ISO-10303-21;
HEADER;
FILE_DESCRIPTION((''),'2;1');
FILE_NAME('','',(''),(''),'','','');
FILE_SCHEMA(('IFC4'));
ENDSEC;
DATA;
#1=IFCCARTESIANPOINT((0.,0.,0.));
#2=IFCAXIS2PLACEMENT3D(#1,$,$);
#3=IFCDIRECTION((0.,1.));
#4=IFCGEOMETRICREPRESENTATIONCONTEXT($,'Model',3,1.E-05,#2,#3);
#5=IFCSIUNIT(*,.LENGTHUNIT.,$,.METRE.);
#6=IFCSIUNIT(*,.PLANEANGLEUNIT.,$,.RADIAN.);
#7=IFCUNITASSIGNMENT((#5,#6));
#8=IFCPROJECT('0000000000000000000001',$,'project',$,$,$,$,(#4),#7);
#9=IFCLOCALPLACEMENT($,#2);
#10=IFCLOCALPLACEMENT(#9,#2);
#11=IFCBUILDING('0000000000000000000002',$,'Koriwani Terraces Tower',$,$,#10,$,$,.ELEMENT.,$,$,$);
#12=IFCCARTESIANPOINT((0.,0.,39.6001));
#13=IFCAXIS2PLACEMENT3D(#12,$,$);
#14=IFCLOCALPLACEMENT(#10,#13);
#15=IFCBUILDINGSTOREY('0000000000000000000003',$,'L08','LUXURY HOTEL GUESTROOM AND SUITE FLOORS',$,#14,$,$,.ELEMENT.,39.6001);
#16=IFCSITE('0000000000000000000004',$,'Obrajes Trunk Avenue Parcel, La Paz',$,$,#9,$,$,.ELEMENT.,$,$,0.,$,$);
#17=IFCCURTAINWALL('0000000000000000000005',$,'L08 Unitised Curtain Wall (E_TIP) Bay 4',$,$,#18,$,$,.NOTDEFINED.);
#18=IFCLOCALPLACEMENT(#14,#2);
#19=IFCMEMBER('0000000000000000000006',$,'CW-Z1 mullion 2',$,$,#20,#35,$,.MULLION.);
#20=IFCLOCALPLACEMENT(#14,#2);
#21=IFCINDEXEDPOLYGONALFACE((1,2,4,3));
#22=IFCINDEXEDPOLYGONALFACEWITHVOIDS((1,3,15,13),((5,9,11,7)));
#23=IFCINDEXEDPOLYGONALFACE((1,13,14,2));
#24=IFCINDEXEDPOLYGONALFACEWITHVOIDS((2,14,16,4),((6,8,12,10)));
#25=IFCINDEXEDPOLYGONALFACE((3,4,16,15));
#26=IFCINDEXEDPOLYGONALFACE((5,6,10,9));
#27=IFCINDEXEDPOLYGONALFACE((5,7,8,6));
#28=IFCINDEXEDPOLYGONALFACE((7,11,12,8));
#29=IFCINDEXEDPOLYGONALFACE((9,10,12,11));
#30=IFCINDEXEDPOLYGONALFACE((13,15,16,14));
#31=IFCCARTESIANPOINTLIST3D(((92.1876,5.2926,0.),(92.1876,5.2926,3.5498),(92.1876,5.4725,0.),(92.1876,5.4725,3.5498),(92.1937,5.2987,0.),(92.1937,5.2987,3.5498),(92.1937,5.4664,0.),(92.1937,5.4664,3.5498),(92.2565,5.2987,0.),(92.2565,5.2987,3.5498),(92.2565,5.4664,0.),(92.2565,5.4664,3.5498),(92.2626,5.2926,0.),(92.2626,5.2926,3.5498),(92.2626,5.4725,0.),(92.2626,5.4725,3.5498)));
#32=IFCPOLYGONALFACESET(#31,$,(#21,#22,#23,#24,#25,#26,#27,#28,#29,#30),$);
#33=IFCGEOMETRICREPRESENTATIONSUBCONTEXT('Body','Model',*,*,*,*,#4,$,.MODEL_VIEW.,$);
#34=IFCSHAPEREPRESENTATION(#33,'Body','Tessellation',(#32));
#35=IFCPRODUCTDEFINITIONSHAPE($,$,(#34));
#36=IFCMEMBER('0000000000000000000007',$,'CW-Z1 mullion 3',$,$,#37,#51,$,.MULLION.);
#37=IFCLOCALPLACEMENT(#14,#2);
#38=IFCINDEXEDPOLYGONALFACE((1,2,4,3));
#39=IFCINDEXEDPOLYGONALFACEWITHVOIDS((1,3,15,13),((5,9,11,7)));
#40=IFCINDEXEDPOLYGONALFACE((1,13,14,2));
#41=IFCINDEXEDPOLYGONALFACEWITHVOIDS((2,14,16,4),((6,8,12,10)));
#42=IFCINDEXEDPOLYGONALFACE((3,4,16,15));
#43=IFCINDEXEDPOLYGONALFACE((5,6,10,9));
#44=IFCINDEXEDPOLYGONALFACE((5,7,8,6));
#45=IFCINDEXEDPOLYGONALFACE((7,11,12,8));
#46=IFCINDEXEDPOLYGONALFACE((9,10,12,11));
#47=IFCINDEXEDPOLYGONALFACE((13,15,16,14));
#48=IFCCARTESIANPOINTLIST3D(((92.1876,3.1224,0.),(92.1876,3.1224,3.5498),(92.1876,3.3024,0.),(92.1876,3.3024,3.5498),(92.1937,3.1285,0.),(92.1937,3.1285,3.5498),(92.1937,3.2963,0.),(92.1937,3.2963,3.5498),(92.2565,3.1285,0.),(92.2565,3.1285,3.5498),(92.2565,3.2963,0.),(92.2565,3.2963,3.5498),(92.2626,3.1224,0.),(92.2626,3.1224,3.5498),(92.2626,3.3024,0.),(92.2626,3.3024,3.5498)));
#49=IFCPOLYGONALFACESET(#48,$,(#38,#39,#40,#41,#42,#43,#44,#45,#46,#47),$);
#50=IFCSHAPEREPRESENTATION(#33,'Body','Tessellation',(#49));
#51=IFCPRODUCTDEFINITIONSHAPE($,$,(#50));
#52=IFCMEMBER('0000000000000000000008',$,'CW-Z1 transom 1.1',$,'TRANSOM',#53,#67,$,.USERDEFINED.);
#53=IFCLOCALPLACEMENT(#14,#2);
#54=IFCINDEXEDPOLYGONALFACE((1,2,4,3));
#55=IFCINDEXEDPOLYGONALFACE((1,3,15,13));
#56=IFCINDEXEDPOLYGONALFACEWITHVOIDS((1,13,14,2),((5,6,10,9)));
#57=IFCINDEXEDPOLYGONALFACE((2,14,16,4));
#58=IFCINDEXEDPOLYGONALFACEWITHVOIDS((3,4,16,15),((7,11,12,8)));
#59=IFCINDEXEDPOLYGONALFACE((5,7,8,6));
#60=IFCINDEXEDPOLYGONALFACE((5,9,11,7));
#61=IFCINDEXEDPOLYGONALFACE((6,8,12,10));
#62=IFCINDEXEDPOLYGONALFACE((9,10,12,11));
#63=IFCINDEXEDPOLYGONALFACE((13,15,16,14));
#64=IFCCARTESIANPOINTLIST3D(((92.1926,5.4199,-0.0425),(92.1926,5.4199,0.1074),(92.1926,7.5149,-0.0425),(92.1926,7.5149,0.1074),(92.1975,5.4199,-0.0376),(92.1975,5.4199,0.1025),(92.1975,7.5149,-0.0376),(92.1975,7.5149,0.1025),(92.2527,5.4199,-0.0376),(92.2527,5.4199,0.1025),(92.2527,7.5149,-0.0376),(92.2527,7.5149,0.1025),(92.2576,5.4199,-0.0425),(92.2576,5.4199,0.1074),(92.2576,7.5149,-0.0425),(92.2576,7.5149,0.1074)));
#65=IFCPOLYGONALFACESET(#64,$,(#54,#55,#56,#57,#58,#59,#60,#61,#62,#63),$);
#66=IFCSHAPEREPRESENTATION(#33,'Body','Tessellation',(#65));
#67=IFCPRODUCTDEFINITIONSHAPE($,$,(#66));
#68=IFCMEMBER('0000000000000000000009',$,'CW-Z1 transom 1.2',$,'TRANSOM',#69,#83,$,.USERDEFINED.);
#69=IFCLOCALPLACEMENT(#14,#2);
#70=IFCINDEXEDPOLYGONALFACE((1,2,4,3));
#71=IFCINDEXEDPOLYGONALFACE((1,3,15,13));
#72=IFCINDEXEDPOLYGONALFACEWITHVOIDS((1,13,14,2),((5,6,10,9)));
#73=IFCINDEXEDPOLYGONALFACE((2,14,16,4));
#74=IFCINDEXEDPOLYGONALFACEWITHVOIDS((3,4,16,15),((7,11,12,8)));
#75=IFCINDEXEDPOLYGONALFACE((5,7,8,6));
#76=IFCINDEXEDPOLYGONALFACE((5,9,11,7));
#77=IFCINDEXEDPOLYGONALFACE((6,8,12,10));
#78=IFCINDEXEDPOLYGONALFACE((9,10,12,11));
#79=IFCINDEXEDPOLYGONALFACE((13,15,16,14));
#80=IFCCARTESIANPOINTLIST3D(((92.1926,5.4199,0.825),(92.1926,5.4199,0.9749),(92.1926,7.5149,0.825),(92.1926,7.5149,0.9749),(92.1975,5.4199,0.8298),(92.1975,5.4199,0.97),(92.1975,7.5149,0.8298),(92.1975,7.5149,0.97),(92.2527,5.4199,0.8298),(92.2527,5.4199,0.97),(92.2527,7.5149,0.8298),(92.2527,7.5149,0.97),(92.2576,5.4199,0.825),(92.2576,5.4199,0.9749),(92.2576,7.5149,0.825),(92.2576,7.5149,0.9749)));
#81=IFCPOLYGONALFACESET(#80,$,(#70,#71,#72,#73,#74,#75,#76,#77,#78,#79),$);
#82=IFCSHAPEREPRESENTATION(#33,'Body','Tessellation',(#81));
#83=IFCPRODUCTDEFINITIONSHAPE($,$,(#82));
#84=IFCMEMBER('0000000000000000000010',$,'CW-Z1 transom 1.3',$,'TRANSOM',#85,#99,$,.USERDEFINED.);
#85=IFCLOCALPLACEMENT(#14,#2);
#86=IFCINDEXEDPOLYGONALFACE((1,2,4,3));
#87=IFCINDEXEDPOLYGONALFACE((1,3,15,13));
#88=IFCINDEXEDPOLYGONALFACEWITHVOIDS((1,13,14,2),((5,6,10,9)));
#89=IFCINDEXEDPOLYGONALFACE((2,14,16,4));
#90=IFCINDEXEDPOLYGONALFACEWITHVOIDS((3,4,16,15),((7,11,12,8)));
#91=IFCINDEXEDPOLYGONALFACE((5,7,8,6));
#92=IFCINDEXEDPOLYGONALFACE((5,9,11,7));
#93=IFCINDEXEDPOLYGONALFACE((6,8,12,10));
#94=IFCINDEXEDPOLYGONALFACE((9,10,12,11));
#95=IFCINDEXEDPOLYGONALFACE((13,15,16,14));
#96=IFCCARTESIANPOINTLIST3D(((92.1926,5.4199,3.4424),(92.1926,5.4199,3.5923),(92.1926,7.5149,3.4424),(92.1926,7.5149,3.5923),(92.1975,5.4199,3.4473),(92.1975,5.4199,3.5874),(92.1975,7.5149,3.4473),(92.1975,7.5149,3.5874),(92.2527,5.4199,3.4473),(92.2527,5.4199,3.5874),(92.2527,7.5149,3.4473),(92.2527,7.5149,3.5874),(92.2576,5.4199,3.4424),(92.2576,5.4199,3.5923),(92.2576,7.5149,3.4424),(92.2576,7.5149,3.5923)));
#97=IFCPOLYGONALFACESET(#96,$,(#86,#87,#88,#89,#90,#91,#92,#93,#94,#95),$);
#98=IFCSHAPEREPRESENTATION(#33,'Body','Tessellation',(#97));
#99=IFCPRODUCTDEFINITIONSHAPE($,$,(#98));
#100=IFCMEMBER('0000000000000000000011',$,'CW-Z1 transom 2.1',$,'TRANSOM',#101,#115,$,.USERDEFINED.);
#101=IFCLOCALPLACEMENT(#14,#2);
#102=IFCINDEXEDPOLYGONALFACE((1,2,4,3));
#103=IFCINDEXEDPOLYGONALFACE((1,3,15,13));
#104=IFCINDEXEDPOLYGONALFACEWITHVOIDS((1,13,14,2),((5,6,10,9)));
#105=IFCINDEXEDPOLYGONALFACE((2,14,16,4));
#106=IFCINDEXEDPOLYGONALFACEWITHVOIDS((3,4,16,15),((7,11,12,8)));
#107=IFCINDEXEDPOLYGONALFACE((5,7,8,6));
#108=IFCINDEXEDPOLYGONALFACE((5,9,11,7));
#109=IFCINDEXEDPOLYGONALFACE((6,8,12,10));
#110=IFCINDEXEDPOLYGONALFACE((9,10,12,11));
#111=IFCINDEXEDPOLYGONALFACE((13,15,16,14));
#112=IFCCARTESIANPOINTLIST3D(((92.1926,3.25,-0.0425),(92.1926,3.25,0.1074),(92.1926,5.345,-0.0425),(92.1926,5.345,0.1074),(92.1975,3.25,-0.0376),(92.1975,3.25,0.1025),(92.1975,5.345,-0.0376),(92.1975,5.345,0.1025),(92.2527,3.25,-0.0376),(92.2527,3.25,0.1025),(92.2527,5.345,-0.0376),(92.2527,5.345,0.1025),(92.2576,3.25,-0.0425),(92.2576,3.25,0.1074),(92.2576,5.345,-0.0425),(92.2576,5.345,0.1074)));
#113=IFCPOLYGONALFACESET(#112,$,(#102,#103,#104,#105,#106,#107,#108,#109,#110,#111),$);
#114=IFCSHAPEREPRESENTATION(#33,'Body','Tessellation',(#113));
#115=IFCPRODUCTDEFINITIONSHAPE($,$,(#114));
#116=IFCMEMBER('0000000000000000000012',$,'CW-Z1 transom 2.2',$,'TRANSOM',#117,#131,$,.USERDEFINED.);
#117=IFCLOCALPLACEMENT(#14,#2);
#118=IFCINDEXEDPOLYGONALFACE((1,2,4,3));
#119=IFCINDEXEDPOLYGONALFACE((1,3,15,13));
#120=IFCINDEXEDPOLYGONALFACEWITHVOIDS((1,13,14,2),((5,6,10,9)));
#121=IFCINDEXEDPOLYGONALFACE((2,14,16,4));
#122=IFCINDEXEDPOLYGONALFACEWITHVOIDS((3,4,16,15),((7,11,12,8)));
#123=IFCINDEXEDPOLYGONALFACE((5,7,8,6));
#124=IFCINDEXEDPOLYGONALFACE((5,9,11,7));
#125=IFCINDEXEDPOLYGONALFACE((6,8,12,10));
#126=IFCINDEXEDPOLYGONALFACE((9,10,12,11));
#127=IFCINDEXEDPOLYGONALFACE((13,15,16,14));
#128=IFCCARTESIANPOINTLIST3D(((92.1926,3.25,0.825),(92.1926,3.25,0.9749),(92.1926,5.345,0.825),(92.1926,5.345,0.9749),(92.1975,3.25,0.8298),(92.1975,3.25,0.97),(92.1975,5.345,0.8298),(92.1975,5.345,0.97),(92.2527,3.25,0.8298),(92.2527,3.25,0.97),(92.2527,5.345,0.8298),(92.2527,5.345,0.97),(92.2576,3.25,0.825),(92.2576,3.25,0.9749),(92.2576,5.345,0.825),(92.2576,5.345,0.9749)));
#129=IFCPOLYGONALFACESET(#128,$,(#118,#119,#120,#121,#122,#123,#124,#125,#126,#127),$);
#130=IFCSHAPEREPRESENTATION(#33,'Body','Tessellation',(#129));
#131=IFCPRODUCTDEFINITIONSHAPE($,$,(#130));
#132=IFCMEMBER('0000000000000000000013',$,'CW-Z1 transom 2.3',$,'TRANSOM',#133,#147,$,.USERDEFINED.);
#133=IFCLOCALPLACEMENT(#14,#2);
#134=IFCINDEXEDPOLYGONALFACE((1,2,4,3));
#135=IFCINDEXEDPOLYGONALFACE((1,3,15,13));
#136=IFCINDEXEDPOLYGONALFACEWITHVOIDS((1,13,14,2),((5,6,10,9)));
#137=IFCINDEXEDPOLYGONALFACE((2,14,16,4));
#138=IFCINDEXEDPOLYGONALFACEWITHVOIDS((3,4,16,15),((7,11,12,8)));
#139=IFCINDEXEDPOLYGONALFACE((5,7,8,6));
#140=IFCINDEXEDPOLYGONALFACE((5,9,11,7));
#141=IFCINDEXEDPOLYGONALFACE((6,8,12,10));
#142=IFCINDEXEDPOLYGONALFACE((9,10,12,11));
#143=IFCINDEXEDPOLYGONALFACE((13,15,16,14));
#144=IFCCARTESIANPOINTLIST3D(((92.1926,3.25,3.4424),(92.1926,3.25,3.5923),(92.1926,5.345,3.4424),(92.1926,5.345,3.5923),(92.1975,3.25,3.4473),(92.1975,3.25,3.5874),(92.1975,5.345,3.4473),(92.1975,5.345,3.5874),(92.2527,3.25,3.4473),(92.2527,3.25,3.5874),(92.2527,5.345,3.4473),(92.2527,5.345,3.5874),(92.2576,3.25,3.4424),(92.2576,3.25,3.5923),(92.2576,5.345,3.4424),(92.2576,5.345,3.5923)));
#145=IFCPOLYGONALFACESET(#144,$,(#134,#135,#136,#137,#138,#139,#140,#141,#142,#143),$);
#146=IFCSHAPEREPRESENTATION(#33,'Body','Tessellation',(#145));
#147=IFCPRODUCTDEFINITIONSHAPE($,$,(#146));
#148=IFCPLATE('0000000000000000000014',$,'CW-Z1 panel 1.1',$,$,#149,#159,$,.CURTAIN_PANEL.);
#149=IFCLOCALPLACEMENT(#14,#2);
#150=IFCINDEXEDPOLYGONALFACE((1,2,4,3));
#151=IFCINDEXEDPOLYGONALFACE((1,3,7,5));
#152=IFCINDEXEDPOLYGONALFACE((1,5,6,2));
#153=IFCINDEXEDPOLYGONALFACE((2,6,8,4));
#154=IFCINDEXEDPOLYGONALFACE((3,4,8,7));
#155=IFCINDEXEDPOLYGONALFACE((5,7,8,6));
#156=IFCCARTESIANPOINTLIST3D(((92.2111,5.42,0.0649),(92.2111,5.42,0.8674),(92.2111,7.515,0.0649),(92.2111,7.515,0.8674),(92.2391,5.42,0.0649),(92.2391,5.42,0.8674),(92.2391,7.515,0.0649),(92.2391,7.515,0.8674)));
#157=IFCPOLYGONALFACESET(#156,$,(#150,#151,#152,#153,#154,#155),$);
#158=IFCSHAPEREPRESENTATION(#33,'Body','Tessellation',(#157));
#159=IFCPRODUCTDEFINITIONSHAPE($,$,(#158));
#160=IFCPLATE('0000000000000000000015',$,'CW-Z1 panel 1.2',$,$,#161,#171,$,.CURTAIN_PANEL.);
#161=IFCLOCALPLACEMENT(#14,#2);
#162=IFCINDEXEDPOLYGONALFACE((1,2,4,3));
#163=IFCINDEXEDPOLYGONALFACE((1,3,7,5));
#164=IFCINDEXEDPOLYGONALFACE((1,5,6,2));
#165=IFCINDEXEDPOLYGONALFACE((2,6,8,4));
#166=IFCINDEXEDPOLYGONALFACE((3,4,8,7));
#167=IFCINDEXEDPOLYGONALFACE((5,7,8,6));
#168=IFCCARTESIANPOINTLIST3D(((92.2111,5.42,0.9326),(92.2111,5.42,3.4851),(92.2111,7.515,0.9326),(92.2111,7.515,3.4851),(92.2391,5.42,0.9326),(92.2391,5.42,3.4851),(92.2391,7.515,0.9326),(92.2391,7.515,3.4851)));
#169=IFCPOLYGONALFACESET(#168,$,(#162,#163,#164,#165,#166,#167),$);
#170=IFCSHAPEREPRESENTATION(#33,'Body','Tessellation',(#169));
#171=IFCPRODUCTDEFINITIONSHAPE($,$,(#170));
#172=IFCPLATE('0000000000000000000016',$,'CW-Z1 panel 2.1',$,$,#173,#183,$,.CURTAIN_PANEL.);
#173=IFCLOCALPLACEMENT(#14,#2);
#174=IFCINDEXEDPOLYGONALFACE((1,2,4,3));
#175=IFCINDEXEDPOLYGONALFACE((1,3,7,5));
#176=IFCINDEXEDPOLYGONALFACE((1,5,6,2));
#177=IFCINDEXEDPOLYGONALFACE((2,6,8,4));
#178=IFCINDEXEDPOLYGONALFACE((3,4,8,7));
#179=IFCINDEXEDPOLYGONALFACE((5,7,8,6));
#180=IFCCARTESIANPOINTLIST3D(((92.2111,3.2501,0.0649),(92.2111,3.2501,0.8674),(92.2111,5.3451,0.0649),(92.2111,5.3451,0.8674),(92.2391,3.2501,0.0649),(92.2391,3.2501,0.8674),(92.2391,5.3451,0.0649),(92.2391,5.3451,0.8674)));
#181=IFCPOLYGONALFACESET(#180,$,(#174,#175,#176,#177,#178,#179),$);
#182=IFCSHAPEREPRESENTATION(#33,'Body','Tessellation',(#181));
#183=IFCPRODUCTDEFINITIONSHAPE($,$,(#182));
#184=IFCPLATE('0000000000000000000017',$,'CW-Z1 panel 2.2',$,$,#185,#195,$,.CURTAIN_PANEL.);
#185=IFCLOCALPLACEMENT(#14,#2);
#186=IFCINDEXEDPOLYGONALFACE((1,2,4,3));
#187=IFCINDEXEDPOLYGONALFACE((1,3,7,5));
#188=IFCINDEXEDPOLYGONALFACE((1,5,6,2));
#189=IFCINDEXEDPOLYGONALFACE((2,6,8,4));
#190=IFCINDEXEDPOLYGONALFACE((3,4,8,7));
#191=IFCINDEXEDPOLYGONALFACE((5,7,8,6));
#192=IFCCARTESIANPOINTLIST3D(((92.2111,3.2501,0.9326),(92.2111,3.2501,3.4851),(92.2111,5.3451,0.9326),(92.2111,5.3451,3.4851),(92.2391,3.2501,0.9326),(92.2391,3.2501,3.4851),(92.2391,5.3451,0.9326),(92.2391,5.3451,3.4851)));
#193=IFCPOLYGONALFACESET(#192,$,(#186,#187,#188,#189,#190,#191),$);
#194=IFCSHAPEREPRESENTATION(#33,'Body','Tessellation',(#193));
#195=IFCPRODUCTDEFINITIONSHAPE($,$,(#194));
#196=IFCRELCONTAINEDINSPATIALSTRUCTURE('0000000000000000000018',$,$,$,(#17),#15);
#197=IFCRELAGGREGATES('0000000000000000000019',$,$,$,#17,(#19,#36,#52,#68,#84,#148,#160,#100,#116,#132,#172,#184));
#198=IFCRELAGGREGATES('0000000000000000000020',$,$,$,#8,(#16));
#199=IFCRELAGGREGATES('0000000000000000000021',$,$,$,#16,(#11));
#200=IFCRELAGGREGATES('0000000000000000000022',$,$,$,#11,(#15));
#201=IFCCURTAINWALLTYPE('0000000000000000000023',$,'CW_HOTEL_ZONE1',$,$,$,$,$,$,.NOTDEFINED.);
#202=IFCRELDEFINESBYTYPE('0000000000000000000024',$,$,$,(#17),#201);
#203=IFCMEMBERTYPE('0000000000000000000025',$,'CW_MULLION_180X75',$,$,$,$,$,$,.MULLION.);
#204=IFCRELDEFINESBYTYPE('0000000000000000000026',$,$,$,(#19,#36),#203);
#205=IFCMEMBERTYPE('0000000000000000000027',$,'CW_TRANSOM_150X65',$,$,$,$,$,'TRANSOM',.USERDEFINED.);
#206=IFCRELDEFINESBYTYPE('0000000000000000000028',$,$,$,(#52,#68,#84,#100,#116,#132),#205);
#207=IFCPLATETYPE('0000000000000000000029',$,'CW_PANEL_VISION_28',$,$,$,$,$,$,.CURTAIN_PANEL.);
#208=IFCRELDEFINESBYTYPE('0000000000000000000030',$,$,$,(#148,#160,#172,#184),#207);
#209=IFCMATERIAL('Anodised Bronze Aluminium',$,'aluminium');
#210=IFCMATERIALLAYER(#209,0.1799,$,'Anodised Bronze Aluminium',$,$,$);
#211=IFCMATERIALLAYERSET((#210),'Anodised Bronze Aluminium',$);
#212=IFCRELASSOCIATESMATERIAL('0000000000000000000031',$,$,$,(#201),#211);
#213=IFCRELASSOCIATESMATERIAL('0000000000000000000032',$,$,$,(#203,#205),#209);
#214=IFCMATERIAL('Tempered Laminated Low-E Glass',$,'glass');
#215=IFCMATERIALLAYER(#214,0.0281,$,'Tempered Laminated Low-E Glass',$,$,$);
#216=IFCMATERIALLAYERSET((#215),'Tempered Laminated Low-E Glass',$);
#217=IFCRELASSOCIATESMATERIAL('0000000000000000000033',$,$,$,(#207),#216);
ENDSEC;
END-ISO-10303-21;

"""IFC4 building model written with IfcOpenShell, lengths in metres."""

from ifc_helpers import new_model, si_unit, direction, frame, origin, origin_2d, place, context, subcontext, project, spatial, rectangle, hollow_rectangle, extrude, material, layer, layer_set, material_profile, profile_set, type_object, element, aggregate, save


model = new_model("IFC4")

# Units and contexts
model_context = context("Model", 3, precision=1e-05, world=origin(), true_north=direction((0.0, 1.0)))
body_context = subcontext(model_context, "Body", "Model", "MODEL_VIEW")
ifc_project = project(units=[si_unit("LENGTHUNIT", "METRE"), si_unit("PLANEANGLEUNIT", "RADIAN")], contexts=[model_context])

# Site, building, storey
site_placement = place(None, origin())
site = spatial("IfcSite", under=ifc_project, at=site_placement, Name="Obrajes Trunk Avenue Parcel, La Paz", CompositionType="ELEMENT", RefElevation=0.0)
building_placement = place(site_placement, origin())
building = spatial("IfcBuilding", under=site, at=building_placement, Name="Koriwani Terraces Tower", CompositionType="ELEMENT")
storey_placement = place(building_placement, frame((0.0, 0.0, 39.6001)))
storey = spatial("IfcBuildingStorey", under=building, at=storey_placement, Name="L08", Description="LUXURY HOTEL GUESTROOM AND SUITE FLOORS", CompositionType="ELEMENT", Elevation=39.6001)

# Curtain wall, members, plates
ifc_material_1 = material(Name="Anodised Bronze Aluminium", Category="aluminium")
ifc_layer_1 = layer(ifc_material_1, 0.1799, Name="Anodised Bronze Aluminium")
ifc_layer_set_1 = layer_set([ifc_layer_1], Name="Anodised Bronze Aluminium")
curtain_wall_type = type_object("IfcCurtainWallType", Name="CW_HOTEL_ZONE1", PredefinedType="NOTDEFINED", material=ifc_layer_set_1)
curtain_wall_placement = place(storey_placement, origin())
curtain_wall = element("IfcCurtainWall", 1, at=curtain_wall_placement, inside=storey, type_object=curtain_wall_type, Name="L08 Unitised Curtain Wall (E_TIP) Bay 4", PredefinedType="NOTDEFINED")
ifc_material_profile_1 = material_profile(ifc_material_1, hollow_rectangle(XDim=0.075, YDim=0.1799, WallThickness=0.0061, at=origin_2d()), Name="Anodised Bronze Aluminium", Category="LoadBearing")
ifc_profile_set_1 = profile_set([ifc_material_profile_1], Name="Anodised Bronze Aluminium")
member_type_1 = type_object("IfcMemberType", Name="CW_MULLION_180X75", PredefinedType="MULLION", material=ifc_profile_set_1)
member_1_placement = place(storey_placement, frame((92.2251, 5.3826, 0.0), z_axis=(0.0, 0.0, 1.0), x_axis=(1.0, 0.0, 0.0)))
member_1 = element("IfcMember", 2, at=member_1_placement, type_object=member_type_1, Name="CW-Z1 mullion 2", PredefinedType="MULLION", context=body_context, shape_type="SweptSolid", body=[
    extrude(hollow_rectangle(XDim=0.075, YDim=0.1799, WallThickness=0.0061, at=origin_2d()), origin(), (0.0, 0.0, 1.0), 3.5498),
])
member_2_placement = place(storey_placement, frame((92.2251, 3.2124, 0.0), z_axis=(0.0, 0.0, 1.0), x_axis=(1.0, 0.0, 0.0)))
member_2 = element("IfcMember", 3, at=member_2_placement, type_object=member_type_1, Name="CW-Z1 mullion 3", PredefinedType="MULLION", context=body_context, shape_type="SweptSolid", body=[
    extrude(hollow_rectangle(XDim=0.075, YDim=0.1799, WallThickness=0.0061, at=origin_2d()), origin(), (0.0, 0.0, 1.0), 3.5498),
])
ifc_material_profile_2 = material_profile(ifc_material_1, hollow_rectangle(XDim=0.0649, YDim=0.1499, WallThickness=0.0049, at=origin_2d()), Name="Anodised Bronze Aluminium", Category="LoadBearing")
ifc_profile_set_2 = profile_set([ifc_material_profile_2], Name="Anodised Bronze Aluminium")
member_type_2 = type_object("IfcMemberType", Name="CW_TRANSOM_150X65", ElementType="TRANSOM", PredefinedType="USERDEFINED", material=ifc_profile_set_2)
member_3_placement = place(storey_placement, frame((92.2251, 7.5149, 0.0325), z_axis=(0.0, -1.0, 0.0), x_axis=(1.0, 0.0, 0.0)))
member_3 = element("IfcMember", 4, at=member_3_placement, type_object=member_type_2, Name="CW-Z1 transom 1.1", ObjectType="TRANSOM", PredefinedType="USERDEFINED", context=body_context, shape_type="SweptSolid", body=[
    extrude(hollow_rectangle(XDim=0.0649, YDim=0.1499, WallThickness=0.0049, at=origin_2d()), origin(), (0.0, 0.0, 1.0), 2.095),
])
member_4_placement = place(storey_placement, frame((92.2251, 7.5149, 0.8999), z_axis=(0.0, -1.0, 0.0), x_axis=(1.0, 0.0, 0.0)))
member_4 = element("IfcMember", 5, at=member_4_placement, type_object=member_type_2, Name="CW-Z1 transom 1.2", ObjectType="TRANSOM", PredefinedType="USERDEFINED", context=body_context, shape_type="SweptSolid", body=[
    extrude(hollow_rectangle(XDim=0.0649, YDim=0.1499, WallThickness=0.0049, at=origin_2d()), origin(), (0.0, 0.0, 1.0), 2.095),
])
member_5_placement = place(storey_placement, frame((92.2251, 7.5149, 3.5173), z_axis=(0.0, -1.0, 0.0), x_axis=(1.0, 0.0, 0.0)))
member_5 = element("IfcMember", 6, at=member_5_placement, type_object=member_type_2, Name="CW-Z1 transom 1.3", ObjectType="TRANSOM", PredefinedType="USERDEFINED", context=body_context, shape_type="SweptSolid", body=[
    extrude(hollow_rectangle(XDim=0.0649, YDim=0.1499, WallThickness=0.0049, at=origin_2d()), origin(), (0.0, 0.0, 1.0), 2.095),
])
member_6_placement = place(storey_placement, frame((92.2251, 5.345, 0.0325), z_axis=(0.0, -1.0, 0.0), x_axis=(1.0, 0.0, 0.0)))
member_6 = element("IfcMember", 7, at=member_6_placement, type_object=member_type_2, Name="CW-Z1 transom 2.1", ObjectType="TRANSOM", PredefinedType="USERDEFINED", context=body_context, shape_type="SweptSolid", body=[
    extrude(hollow_rectangle(XDim=0.0649, YDim=0.1499, WallThickness=0.0049, at=origin_2d()), origin(), (0.0, 0.0, 1.0), 2.095),
])
member_7_placement = place(storey_placement, frame((92.2251, 5.345, 0.8999), z_axis=(0.0, -1.0, 0.0), x_axis=(1.0, 0.0, 0.0)))
member_7 = element("IfcMember", 8, at=member_7_placement, type_object=member_type_2, Name="CW-Z1 transom 2.2", ObjectType="TRANSOM", PredefinedType="USERDEFINED", context=body_context, shape_type="SweptSolid", body=[
    extrude(hollow_rectangle(XDim=0.0649, YDim=0.1499, WallThickness=0.0049, at=origin_2d()), origin(), (0.0, 0.0, 1.0), 2.095),
])
member_8_placement = place(storey_placement, frame((92.2251, 5.345, 3.5173), z_axis=(0.0, -1.0, 0.0), x_axis=(1.0, 0.0, 0.0)))
member_8 = element("IfcMember", 9, at=member_8_placement, type_object=member_type_2, Name="CW-Z1 transom 2.3", ObjectType="TRANSOM", PredefinedType="USERDEFINED", context=body_context, shape_type="SweptSolid", body=[
    extrude(hollow_rectangle(XDim=0.0649, YDim=0.1499, WallThickness=0.0049, at=origin_2d()), origin(), (0.0, 0.0, 1.0), 2.095),
])
ifc_material_2 = material(Name="Tempered Laminated Low-E Glass", Category="glass")
ifc_layer_2 = layer(ifc_material_2, 0.0281, Name="Tempered Laminated Low-E Glass")
ifc_layer_set_2 = layer_set([ifc_layer_2], Name="Tempered Laminated Low-E Glass")
plate_type = type_object("IfcPlateType", Name="CW_PANEL_VISION_28", PredefinedType="CURTAIN_PANEL", material=ifc_layer_set_2)
plate_1_placement = place(storey_placement, frame((92.2251, 6.4675, 0.0649), z_axis=(0.0, 0.0, 1.0), x_axis=(0.0, -1.0, 0.0)))
plate_1 = element("IfcPlate", 10, at=plate_1_placement, type_object=plate_type, Name="CW-Z1 panel 1.1", PredefinedType="CURTAIN_PANEL", context=body_context, shape_type="SweptSolid", body=[
    extrude(rectangle(XDim=2.095, YDim=0.0281, at=origin_2d()), origin(), (0.0, 0.0, 1.0), 0.8025),
])
plate_2_placement = place(storey_placement, frame((92.2251, 6.4675, 0.9326), z_axis=(0.0, 0.0, 1.0), x_axis=(0.0, -1.0, 0.0)))
plate_2 = element("IfcPlate", 11, at=plate_2_placement, type_object=plate_type, Name="CW-Z1 panel 1.2", PredefinedType="CURTAIN_PANEL", context=body_context, shape_type="SweptSolid", body=[
    extrude(rectangle(XDim=2.095, YDim=0.0281, at=origin_2d()), origin(), (0.0, 0.0, 1.0), 2.5525),
])
plate_3_placement = place(storey_placement, frame((92.2251, 4.2976, 0.0649), z_axis=(0.0, 0.0, 1.0), x_axis=(0.0, -1.0, 0.0)))
plate_3 = element("IfcPlate", 12, at=plate_3_placement, type_object=plate_type, Name="CW-Z1 panel 2.1", PredefinedType="CURTAIN_PANEL", context=body_context, shape_type="SweptSolid", body=[
    extrude(rectangle(XDim=2.095, YDim=0.0281, at=origin_2d()), origin(), (0.0, 0.0, 1.0), 0.8025),
])
plate_4_placement = place(storey_placement, frame((92.2251, 4.2976, 0.9326), z_axis=(0.0, 0.0, 1.0), x_axis=(0.0, -1.0, 0.0)))
plate_4 = element("IfcPlate", 13, at=plate_4_placement, type_object=plate_type, Name="CW-Z1 panel 2.2", PredefinedType="CURTAIN_PANEL", context=body_context, shape_type="SweptSolid", body=[
    extrude(rectangle(XDim=2.095, YDim=0.0281, at=origin_2d()), origin(), (0.0, 0.0, 1.0), 2.5525),
])
aggregate(curtain_wall, [member_1, member_2, member_3, member_4, member_5, plate_1, plate_2, member_6, member_7, member_8, plate_3, plate_4])

save(model, "model.ifc")
